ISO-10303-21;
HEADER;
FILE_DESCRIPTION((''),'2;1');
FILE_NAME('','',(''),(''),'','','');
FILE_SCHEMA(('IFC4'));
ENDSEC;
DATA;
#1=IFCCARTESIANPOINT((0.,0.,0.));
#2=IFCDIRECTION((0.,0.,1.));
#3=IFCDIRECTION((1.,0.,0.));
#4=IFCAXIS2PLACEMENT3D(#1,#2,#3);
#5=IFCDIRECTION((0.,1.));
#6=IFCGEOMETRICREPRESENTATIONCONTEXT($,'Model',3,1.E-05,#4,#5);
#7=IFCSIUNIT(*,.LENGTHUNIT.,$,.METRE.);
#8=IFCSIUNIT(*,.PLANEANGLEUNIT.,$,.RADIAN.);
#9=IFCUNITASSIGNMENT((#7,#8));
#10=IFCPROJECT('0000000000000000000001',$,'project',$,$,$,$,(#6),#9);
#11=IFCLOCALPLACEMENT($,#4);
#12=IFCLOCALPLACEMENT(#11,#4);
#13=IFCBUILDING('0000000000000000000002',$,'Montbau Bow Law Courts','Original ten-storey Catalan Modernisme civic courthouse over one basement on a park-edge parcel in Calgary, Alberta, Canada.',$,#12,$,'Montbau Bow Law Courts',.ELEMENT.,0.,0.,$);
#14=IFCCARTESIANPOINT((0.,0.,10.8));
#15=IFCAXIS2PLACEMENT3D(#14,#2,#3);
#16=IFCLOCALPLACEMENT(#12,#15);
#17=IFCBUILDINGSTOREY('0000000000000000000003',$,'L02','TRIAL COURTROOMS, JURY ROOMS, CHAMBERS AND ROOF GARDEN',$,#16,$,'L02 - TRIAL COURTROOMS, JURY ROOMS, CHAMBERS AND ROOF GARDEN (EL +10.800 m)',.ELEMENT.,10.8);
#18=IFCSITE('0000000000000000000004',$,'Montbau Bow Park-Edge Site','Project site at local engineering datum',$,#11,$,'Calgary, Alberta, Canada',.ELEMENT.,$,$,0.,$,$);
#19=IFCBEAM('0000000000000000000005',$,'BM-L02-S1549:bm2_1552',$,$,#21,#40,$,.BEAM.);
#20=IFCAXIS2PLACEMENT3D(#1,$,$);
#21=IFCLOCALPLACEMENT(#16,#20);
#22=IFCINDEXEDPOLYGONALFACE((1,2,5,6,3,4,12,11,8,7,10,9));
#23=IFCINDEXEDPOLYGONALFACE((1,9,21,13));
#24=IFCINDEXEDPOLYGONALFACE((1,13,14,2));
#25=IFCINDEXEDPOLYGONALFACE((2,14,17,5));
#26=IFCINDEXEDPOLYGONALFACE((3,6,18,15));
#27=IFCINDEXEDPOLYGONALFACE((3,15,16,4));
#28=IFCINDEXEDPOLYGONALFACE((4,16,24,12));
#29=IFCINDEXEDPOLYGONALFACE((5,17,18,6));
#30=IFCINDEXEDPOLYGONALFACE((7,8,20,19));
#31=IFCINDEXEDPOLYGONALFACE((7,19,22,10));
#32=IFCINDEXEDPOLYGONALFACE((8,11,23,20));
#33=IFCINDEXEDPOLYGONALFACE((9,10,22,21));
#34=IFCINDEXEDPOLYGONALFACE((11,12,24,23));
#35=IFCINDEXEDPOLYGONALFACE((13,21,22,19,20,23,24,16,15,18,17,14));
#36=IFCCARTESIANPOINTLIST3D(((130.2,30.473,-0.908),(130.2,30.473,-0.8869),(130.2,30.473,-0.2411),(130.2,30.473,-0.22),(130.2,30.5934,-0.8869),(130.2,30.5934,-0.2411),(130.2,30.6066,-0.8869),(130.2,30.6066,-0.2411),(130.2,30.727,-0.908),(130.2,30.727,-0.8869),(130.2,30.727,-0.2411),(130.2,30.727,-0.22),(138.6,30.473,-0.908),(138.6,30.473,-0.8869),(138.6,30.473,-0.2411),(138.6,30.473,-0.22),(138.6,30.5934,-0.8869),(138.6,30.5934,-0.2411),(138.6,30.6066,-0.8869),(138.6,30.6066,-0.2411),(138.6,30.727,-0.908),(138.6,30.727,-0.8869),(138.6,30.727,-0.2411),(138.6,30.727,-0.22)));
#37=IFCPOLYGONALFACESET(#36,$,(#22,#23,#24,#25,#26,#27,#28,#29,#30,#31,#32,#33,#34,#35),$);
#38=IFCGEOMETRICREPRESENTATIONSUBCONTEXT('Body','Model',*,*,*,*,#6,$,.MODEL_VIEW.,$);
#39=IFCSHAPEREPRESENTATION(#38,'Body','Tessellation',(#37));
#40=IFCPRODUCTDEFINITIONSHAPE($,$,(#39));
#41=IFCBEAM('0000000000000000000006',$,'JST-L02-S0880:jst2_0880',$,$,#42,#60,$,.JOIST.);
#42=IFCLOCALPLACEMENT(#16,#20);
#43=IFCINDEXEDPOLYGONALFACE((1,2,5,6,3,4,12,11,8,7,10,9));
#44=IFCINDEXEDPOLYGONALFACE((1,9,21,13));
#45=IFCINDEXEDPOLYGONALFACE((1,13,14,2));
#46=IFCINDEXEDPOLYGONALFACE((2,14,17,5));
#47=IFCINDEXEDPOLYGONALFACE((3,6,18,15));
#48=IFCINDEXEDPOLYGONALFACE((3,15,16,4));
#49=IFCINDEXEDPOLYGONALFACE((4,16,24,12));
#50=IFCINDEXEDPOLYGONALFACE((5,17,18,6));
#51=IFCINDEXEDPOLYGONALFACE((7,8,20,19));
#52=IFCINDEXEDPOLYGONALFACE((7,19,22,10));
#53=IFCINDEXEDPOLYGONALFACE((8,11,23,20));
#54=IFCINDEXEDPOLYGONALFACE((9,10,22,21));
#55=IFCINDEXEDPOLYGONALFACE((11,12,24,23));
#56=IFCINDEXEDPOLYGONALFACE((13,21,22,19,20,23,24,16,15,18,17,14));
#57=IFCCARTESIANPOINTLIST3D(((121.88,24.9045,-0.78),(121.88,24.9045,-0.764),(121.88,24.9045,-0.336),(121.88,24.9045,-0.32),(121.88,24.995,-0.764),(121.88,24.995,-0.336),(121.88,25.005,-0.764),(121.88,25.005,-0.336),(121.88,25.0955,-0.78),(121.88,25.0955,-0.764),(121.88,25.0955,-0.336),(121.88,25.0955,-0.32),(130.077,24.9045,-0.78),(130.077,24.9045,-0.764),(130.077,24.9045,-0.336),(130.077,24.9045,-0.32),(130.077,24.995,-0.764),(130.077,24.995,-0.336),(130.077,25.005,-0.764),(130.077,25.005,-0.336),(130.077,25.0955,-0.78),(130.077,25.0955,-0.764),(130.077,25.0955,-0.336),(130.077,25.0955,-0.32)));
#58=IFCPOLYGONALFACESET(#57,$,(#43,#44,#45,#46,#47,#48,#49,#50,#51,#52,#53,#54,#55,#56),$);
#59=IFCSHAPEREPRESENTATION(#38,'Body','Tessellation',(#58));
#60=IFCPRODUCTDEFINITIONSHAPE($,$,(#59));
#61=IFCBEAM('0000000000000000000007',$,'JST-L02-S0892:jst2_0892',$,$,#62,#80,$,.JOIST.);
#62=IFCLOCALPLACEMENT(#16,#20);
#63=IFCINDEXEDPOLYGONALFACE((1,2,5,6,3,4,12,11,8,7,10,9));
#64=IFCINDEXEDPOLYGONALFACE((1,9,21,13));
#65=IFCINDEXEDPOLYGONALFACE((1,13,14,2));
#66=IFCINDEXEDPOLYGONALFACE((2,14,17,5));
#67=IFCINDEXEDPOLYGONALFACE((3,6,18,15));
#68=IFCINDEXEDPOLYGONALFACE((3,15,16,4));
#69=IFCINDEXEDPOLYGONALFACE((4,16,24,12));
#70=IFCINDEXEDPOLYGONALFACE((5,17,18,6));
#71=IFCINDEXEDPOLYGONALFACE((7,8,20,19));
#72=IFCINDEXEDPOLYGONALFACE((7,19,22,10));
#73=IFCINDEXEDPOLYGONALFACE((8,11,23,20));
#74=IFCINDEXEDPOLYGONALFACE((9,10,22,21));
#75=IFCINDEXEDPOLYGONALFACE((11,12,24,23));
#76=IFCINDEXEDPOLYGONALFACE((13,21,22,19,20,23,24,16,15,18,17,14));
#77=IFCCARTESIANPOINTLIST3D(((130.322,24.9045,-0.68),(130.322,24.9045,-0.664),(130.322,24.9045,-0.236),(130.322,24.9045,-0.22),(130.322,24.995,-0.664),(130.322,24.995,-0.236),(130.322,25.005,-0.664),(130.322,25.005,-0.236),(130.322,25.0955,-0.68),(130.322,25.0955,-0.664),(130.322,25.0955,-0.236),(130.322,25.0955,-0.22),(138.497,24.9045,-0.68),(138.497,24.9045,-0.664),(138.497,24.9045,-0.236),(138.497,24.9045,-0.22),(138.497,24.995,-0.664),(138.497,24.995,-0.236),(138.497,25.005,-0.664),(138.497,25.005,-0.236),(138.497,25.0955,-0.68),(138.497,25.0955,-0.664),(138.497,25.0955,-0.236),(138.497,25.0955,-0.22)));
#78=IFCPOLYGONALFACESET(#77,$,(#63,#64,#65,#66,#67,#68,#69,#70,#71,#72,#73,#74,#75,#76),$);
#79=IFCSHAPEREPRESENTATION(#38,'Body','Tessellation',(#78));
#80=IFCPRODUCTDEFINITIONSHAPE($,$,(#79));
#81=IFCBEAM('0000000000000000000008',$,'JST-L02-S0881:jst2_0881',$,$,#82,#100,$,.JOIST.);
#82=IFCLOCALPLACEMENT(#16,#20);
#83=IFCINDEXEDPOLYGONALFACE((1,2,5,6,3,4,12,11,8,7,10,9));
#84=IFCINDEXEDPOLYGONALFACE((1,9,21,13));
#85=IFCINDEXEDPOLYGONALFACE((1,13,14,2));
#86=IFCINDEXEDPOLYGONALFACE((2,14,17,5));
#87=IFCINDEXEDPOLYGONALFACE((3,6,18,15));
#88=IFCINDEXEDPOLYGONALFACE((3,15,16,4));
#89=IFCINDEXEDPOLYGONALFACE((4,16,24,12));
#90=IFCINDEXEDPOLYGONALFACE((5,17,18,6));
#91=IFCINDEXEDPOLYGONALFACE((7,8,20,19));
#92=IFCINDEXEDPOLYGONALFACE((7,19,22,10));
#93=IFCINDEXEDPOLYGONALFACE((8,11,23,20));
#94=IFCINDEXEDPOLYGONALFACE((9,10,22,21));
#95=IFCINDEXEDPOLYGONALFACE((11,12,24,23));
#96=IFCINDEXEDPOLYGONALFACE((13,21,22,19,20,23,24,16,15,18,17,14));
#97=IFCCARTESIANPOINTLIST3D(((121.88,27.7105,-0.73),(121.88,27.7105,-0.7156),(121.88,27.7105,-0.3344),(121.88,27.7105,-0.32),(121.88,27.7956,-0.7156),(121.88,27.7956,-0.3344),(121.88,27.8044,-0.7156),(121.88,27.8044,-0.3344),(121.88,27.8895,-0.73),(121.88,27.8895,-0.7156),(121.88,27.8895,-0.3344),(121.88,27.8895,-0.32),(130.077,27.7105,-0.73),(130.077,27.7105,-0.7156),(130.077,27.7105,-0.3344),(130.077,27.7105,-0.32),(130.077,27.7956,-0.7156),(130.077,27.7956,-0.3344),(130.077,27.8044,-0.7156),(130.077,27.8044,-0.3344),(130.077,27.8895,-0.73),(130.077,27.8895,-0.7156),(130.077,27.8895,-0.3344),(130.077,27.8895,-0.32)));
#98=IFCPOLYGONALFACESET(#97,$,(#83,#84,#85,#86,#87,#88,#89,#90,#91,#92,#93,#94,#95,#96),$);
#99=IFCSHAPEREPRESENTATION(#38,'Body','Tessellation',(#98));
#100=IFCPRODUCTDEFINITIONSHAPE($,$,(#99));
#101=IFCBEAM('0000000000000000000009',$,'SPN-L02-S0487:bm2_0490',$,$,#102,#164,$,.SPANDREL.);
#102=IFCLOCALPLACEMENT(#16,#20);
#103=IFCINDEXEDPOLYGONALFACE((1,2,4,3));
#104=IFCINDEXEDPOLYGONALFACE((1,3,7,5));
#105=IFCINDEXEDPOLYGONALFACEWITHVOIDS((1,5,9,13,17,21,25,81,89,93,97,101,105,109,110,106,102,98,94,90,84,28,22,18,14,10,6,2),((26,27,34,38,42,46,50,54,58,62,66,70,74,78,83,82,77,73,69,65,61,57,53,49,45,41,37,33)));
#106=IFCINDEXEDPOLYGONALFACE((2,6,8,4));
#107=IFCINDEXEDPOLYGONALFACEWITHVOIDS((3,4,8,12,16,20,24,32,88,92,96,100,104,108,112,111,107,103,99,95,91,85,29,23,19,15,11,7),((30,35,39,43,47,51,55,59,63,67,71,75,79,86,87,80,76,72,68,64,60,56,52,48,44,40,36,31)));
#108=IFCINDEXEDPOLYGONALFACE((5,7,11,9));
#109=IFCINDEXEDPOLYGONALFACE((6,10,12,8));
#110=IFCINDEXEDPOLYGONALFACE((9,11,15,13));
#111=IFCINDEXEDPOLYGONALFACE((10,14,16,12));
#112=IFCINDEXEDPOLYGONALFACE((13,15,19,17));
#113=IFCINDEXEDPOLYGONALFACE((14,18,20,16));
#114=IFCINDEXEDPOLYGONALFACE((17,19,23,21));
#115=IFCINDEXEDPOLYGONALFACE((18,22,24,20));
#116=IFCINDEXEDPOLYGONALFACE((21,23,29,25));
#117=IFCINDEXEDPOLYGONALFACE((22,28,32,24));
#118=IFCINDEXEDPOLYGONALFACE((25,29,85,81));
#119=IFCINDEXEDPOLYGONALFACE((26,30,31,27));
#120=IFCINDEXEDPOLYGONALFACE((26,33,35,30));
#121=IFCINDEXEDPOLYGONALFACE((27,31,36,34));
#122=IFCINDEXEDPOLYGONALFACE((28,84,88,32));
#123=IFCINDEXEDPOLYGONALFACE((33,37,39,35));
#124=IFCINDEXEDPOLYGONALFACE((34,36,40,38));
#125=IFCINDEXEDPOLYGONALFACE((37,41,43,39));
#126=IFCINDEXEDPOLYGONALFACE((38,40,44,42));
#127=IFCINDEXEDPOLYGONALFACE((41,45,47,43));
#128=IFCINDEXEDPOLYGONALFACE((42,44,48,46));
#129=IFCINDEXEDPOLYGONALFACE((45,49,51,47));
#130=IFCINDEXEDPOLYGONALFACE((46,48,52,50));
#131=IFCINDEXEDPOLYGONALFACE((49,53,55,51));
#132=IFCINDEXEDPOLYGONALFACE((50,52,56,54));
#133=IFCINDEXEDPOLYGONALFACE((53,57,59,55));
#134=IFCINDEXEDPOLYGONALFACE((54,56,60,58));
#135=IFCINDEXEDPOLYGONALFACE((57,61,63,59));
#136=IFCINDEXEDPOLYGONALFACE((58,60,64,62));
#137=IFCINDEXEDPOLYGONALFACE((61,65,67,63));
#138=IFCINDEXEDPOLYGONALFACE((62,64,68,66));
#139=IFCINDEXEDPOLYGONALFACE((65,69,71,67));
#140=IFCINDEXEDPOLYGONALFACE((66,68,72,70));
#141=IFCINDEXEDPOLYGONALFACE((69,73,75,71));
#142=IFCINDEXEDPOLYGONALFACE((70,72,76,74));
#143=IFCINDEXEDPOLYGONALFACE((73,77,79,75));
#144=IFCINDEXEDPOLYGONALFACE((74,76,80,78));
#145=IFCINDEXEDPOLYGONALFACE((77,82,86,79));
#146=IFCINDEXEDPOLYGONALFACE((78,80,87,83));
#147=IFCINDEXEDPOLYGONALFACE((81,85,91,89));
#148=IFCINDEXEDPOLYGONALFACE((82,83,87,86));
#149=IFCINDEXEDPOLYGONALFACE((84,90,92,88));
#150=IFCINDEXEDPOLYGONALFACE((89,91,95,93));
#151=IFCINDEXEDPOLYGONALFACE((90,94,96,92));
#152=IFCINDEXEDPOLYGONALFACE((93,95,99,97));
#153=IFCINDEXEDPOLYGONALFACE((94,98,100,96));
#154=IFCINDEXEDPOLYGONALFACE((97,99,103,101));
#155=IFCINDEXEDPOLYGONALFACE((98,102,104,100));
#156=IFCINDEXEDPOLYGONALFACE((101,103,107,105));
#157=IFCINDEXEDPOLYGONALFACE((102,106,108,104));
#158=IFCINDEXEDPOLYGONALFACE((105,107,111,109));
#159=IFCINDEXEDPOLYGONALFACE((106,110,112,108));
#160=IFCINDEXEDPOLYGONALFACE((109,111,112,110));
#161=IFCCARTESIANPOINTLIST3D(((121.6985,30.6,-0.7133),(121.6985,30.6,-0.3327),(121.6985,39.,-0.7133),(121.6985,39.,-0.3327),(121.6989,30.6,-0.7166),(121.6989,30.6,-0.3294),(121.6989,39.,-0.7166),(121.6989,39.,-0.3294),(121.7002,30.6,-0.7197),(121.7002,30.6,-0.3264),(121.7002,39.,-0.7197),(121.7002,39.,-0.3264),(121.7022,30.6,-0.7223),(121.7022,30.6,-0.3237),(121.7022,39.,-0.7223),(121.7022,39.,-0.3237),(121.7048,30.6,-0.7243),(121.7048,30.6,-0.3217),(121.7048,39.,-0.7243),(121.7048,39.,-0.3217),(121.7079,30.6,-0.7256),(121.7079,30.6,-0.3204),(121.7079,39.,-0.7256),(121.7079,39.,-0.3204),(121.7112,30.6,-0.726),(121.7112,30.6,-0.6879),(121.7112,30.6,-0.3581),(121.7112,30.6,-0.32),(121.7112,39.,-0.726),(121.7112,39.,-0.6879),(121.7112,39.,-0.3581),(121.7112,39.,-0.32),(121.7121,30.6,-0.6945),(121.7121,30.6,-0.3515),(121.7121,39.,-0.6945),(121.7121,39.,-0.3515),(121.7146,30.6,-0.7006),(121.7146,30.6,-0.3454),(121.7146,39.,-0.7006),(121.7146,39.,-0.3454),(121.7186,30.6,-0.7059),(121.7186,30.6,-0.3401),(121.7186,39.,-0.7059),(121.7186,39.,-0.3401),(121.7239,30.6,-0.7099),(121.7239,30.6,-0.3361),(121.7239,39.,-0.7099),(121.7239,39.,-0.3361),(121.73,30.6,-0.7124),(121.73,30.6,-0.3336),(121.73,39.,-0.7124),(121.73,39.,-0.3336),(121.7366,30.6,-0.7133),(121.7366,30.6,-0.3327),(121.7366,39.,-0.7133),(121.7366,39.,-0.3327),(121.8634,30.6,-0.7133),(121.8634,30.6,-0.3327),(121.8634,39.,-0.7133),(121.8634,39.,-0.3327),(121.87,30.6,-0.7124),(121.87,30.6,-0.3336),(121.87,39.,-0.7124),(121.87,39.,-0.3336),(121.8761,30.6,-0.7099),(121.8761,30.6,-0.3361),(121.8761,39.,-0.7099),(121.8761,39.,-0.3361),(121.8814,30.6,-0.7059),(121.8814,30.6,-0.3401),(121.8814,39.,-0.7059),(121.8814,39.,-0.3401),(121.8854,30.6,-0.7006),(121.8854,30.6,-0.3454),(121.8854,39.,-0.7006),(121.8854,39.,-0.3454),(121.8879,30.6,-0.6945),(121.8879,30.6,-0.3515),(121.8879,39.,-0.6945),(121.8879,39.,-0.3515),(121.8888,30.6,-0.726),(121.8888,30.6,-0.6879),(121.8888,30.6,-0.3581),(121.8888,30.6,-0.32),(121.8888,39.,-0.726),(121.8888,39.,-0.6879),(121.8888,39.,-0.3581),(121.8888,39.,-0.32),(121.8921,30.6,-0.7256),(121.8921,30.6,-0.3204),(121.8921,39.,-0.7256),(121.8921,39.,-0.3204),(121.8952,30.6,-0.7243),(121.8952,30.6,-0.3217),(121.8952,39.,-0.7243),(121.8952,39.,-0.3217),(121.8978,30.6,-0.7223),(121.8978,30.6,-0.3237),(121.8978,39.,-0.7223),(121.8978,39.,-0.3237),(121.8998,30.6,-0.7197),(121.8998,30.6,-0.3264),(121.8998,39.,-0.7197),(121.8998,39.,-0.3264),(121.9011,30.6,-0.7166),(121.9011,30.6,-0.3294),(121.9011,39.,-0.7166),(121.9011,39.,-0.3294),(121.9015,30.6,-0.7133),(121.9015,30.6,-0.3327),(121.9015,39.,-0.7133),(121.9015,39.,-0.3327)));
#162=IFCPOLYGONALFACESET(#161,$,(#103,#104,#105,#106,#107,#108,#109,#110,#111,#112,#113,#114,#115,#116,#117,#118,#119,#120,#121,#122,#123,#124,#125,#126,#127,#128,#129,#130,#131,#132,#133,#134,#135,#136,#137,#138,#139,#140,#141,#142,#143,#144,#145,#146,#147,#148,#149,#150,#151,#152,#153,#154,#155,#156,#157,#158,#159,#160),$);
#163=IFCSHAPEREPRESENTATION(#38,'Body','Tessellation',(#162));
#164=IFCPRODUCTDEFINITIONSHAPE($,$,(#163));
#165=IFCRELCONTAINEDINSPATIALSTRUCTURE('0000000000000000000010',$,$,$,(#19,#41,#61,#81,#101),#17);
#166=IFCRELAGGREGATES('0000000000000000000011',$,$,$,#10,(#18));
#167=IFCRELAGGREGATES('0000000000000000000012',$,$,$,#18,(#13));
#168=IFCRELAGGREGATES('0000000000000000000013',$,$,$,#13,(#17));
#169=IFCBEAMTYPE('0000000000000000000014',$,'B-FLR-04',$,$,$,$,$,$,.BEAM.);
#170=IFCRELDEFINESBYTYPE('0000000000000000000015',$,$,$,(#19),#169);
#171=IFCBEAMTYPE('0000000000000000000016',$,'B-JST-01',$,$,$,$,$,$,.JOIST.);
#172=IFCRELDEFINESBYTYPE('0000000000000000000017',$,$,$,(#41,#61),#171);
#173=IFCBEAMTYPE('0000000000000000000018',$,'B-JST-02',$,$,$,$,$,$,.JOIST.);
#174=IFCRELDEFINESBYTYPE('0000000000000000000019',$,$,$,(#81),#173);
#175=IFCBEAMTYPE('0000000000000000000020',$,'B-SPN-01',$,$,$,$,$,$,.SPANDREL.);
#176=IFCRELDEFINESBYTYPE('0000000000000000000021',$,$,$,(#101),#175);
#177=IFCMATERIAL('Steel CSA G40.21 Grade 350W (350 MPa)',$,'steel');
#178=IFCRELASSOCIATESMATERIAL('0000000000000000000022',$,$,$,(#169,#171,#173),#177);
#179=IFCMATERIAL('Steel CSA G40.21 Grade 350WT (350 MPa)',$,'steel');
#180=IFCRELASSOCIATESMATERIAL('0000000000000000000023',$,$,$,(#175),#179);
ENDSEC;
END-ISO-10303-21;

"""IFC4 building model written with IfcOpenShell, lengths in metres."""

from ifc_helpers import new_model, si_unit, direction, frame, origin_with_axes, origin_2d_with_axis, place, context, subcontext, project, spatial, hollow_rectangle, i_section, extrude, material, material_profile, profile_set, type_object, element, save


model = new_model("IFC4")

# Units and contexts
model_context = context("Model", 3, precision=1e-05, world=origin_with_axes(), true_north=direction((0.0, 1.0)))
body_context = subcontext(model_context, "Body", "Model", "MODEL_VIEW")
ifc_project = project(units=[si_unit("LENGTHUNIT", "METRE"), si_unit("PLANEANGLEUNIT", "RADIAN")], contexts=[model_context])

# Site, building, storey
site_placement = place(None, origin_with_axes())
site = spatial("IfcSite", under=ifc_project, at=site_placement, Name="Montbau Bow Park-Edge Site", Description="Project site at local engineering datum", LongName="Calgary, Alberta, Canada", CompositionType="ELEMENT", RefElevation=0.0)
building_placement = place(site_placement, origin_with_axes())
building = spatial("IfcBuilding", under=site, at=building_placement, Name="Montbau Bow Law Courts", Description="Original ten-storey Catalan Modernisme civic courthouse over one basement on a park-edge parcel in Calgary, Alberta, Canada.", LongName="Montbau Bow Law Courts", CompositionType="ELEMENT", ElevationOfRefHeight=0.0, ElevationOfTerrain=0.0)
storey_placement = place(building_placement, frame((0.0, 0.0, 10.8), z_axis=(0.0, 0.0, 1.0), x_axis=(1.0, 0.0, 0.0)))
storey = spatial("IfcBuildingStorey", under=building, at=storey_placement, Name="L02", Description="TRIAL COURTROOMS, JURY ROOMS, CHAMBERS AND ROOF GARDEN", LongName="L02 - TRIAL COURTROOMS, JURY ROOMS, CHAMBERS AND ROOF GARDEN (EL +10.800 m)", CompositionType="ELEMENT", Elevation=10.8)

# Shared definitions
ifc_material_1 = material(Name="Steel CSA G40.21 Grade 350W (350 MPa)", Category="steel")

# Beams
ifc_material_profile_1 = material_profile(ifc_material_1, i_section(OverallWidth=0.254, OverallDepth=0.688, WebThickness=0.0131, FlangeThickness=0.0211, at=origin_2d_with_axis()), Name="W690X152", Category="Main", Priority=0)
ifc_profile_set_1 = profile_set([ifc_material_profile_1], Name="Steel CSA G40.21 Grade 350W (350 MPa)")
beam_type_1 = type_object("IfcBeamType", Name="B-FLR-04", PredefinedType="BEAM", material=ifc_profile_set_1)
beam_1_placement = place(None, frame((130.2, 30.6, 10.236), z_axis=(1.0, 0.0, 0.0), x_axis=(0.0, 1.0, 0.0)))
element("IfcBeam", 1, at=beam_1_placement, inside=storey, type_object=beam_type_1, Name="BM-L02-S1549:bm2_1552", PredefinedType="BEAM", context=body_context, shape_type="SweptSolid", body=[
    extrude(i_section(OverallWidth=0.254, OverallDepth=0.688, WebThickness=0.0131, FlangeThickness=0.0211, at=origin_2d_with_axis()), origin_with_axes(), (0.0, 0.0, 1.0), 8.4),
])
ifc_material_profile_2 = material_profile(ifc_material_1, i_section(OverallWidth=0.191, OverallDepth=0.46, WebThickness=0.0099, FlangeThickness=0.016, at=origin_2d_with_axis()), Name="W460X82", Category="Main", Priority=0)
ifc_profile_set_2 = profile_set([ifc_material_profile_2], Name="Steel CSA G40.21 Grade 350W (350 MPa)")
beam_type_2 = type_object("IfcBeamType", Name="B-JST-01", PredefinedType="JOIST", material=ifc_profile_set_2)
beam_2_placement = place(None, frame((121.88, 25.0, 10.25), z_axis=(1.0, 0.0, 0.0), x_axis=(0.0, 1.0, 0.0)))
element("IfcBeam", 2, at=beam_2_placement, inside=storey, type_object=beam_type_2, Name="JST-L02-S0880:jst2_0880", PredefinedType="JOIST", context=body_context, shape_type="SweptSolid", body=[
    extrude(i_section(OverallWidth=0.191, OverallDepth=0.46, WebThickness=0.0099, FlangeThickness=0.016, at=origin_2d_with_axis()), origin_with_axes(), (0.0, 0.0, 1.0), 8.197),
])
beam_3_placement = place(None, frame((130.322, 25.0, 10.35), z_axis=(1.0, 0.0, 0.0), x_axis=(0.0, 1.0, 0.0)))
element("IfcBeam", 3, at=beam_3_placement, inside=storey, type_object=beam_type_2, Name="JST-L02-S0892:jst2_0892", PredefinedType="JOIST", context=body_context, shape_type="SweptSolid", body=[
    extrude(i_section(OverallWidth=0.191, OverallDepth=0.46, WebThickness=0.0099, FlangeThickness=0.016, at=origin_2d_with_axis()), origin_with_axes(), (0.0, 0.0, 1.0), 8.175),
])
ifc_material_profile_3 = material_profile(ifc_material_1, i_section(OverallWidth=0.179, OverallDepth=0.41, WebThickness=0.0088, FlangeThickness=0.0144, at=origin_2d_with_axis()), Name="W410X67", Category="Main", Priority=0)
ifc_profile_set_3 = profile_set([ifc_material_profile_3], Name="Steel CSA G40.21 Grade 350W (350 MPa)")
beam_type_3 = type_object("IfcBeamType", Name="B-JST-02", PredefinedType="JOIST", material=ifc_profile_set_3)
beam_4_placement = place(None, frame((121.88, 27.8, 10.275), z_axis=(1.0, 0.0, 0.0), x_axis=(0.0, 1.0, 0.0)))
element("IfcBeam", 4, at=beam_4_placement, inside=storey, type_object=beam_type_3, Name="JST-L02-S0881:jst2_0881", PredefinedType="JOIST", context=body_context, shape_type="SweptSolid", body=[
    extrude(i_section(OverallWidth=0.179, OverallDepth=0.41, WebThickness=0.0088, FlangeThickness=0.0144, at=origin_2d_with_axis()), origin_with_axes(), (0.0, 0.0, 1.0), 8.197),
])
ifc_material_2 = material(Name="Steel CSA G40.21 Grade 350WT (350 MPa)", Category="steel")
ifc_material_profile_4 = material_profile(ifc_material_2, hollow_rectangle(XDim=0.203, YDim=0.406, WallThickness=0.0127, InnerFilletRadius=0.0254, OuterFilletRadius=0.0127, at=origin_2d_with_axis()), Name="HSS406X203X13", Category="Main", Priority=0)
ifc_profile_set_4 = profile_set([ifc_material_profile_4], Name="Steel CSA G40.21 Grade 350WT (350 MPa)")
beam_type_4 = type_object("IfcBeamType", Name="B-SPN-01", PredefinedType="SPANDREL", material=ifc_profile_set_4)
beam_5_placement = place(None, frame((121.8, 30.6, 10.277), z_axis=(0.0, 1.0, 0.0), x_axis=(-1.0, 0.0, 0.0)))
element("IfcBeam", 5, at=beam_5_placement, inside=storey, type_object=beam_type_4, Name="SPN-L02-S0487:bm2_0490", PredefinedType="SPANDREL", context=body_context, shape_type="SweptSolid", body=[
    extrude(hollow_rectangle(XDim=0.203, YDim=0.406, WallThickness=0.0127, InnerFilletRadius=0.0254, OuterFilletRadius=0.0127, at=origin_2d_with_axis()), origin_with_axes(), (0.0, 0.0, 1.0), 8.4),
])

save(model, "model.ifc")
